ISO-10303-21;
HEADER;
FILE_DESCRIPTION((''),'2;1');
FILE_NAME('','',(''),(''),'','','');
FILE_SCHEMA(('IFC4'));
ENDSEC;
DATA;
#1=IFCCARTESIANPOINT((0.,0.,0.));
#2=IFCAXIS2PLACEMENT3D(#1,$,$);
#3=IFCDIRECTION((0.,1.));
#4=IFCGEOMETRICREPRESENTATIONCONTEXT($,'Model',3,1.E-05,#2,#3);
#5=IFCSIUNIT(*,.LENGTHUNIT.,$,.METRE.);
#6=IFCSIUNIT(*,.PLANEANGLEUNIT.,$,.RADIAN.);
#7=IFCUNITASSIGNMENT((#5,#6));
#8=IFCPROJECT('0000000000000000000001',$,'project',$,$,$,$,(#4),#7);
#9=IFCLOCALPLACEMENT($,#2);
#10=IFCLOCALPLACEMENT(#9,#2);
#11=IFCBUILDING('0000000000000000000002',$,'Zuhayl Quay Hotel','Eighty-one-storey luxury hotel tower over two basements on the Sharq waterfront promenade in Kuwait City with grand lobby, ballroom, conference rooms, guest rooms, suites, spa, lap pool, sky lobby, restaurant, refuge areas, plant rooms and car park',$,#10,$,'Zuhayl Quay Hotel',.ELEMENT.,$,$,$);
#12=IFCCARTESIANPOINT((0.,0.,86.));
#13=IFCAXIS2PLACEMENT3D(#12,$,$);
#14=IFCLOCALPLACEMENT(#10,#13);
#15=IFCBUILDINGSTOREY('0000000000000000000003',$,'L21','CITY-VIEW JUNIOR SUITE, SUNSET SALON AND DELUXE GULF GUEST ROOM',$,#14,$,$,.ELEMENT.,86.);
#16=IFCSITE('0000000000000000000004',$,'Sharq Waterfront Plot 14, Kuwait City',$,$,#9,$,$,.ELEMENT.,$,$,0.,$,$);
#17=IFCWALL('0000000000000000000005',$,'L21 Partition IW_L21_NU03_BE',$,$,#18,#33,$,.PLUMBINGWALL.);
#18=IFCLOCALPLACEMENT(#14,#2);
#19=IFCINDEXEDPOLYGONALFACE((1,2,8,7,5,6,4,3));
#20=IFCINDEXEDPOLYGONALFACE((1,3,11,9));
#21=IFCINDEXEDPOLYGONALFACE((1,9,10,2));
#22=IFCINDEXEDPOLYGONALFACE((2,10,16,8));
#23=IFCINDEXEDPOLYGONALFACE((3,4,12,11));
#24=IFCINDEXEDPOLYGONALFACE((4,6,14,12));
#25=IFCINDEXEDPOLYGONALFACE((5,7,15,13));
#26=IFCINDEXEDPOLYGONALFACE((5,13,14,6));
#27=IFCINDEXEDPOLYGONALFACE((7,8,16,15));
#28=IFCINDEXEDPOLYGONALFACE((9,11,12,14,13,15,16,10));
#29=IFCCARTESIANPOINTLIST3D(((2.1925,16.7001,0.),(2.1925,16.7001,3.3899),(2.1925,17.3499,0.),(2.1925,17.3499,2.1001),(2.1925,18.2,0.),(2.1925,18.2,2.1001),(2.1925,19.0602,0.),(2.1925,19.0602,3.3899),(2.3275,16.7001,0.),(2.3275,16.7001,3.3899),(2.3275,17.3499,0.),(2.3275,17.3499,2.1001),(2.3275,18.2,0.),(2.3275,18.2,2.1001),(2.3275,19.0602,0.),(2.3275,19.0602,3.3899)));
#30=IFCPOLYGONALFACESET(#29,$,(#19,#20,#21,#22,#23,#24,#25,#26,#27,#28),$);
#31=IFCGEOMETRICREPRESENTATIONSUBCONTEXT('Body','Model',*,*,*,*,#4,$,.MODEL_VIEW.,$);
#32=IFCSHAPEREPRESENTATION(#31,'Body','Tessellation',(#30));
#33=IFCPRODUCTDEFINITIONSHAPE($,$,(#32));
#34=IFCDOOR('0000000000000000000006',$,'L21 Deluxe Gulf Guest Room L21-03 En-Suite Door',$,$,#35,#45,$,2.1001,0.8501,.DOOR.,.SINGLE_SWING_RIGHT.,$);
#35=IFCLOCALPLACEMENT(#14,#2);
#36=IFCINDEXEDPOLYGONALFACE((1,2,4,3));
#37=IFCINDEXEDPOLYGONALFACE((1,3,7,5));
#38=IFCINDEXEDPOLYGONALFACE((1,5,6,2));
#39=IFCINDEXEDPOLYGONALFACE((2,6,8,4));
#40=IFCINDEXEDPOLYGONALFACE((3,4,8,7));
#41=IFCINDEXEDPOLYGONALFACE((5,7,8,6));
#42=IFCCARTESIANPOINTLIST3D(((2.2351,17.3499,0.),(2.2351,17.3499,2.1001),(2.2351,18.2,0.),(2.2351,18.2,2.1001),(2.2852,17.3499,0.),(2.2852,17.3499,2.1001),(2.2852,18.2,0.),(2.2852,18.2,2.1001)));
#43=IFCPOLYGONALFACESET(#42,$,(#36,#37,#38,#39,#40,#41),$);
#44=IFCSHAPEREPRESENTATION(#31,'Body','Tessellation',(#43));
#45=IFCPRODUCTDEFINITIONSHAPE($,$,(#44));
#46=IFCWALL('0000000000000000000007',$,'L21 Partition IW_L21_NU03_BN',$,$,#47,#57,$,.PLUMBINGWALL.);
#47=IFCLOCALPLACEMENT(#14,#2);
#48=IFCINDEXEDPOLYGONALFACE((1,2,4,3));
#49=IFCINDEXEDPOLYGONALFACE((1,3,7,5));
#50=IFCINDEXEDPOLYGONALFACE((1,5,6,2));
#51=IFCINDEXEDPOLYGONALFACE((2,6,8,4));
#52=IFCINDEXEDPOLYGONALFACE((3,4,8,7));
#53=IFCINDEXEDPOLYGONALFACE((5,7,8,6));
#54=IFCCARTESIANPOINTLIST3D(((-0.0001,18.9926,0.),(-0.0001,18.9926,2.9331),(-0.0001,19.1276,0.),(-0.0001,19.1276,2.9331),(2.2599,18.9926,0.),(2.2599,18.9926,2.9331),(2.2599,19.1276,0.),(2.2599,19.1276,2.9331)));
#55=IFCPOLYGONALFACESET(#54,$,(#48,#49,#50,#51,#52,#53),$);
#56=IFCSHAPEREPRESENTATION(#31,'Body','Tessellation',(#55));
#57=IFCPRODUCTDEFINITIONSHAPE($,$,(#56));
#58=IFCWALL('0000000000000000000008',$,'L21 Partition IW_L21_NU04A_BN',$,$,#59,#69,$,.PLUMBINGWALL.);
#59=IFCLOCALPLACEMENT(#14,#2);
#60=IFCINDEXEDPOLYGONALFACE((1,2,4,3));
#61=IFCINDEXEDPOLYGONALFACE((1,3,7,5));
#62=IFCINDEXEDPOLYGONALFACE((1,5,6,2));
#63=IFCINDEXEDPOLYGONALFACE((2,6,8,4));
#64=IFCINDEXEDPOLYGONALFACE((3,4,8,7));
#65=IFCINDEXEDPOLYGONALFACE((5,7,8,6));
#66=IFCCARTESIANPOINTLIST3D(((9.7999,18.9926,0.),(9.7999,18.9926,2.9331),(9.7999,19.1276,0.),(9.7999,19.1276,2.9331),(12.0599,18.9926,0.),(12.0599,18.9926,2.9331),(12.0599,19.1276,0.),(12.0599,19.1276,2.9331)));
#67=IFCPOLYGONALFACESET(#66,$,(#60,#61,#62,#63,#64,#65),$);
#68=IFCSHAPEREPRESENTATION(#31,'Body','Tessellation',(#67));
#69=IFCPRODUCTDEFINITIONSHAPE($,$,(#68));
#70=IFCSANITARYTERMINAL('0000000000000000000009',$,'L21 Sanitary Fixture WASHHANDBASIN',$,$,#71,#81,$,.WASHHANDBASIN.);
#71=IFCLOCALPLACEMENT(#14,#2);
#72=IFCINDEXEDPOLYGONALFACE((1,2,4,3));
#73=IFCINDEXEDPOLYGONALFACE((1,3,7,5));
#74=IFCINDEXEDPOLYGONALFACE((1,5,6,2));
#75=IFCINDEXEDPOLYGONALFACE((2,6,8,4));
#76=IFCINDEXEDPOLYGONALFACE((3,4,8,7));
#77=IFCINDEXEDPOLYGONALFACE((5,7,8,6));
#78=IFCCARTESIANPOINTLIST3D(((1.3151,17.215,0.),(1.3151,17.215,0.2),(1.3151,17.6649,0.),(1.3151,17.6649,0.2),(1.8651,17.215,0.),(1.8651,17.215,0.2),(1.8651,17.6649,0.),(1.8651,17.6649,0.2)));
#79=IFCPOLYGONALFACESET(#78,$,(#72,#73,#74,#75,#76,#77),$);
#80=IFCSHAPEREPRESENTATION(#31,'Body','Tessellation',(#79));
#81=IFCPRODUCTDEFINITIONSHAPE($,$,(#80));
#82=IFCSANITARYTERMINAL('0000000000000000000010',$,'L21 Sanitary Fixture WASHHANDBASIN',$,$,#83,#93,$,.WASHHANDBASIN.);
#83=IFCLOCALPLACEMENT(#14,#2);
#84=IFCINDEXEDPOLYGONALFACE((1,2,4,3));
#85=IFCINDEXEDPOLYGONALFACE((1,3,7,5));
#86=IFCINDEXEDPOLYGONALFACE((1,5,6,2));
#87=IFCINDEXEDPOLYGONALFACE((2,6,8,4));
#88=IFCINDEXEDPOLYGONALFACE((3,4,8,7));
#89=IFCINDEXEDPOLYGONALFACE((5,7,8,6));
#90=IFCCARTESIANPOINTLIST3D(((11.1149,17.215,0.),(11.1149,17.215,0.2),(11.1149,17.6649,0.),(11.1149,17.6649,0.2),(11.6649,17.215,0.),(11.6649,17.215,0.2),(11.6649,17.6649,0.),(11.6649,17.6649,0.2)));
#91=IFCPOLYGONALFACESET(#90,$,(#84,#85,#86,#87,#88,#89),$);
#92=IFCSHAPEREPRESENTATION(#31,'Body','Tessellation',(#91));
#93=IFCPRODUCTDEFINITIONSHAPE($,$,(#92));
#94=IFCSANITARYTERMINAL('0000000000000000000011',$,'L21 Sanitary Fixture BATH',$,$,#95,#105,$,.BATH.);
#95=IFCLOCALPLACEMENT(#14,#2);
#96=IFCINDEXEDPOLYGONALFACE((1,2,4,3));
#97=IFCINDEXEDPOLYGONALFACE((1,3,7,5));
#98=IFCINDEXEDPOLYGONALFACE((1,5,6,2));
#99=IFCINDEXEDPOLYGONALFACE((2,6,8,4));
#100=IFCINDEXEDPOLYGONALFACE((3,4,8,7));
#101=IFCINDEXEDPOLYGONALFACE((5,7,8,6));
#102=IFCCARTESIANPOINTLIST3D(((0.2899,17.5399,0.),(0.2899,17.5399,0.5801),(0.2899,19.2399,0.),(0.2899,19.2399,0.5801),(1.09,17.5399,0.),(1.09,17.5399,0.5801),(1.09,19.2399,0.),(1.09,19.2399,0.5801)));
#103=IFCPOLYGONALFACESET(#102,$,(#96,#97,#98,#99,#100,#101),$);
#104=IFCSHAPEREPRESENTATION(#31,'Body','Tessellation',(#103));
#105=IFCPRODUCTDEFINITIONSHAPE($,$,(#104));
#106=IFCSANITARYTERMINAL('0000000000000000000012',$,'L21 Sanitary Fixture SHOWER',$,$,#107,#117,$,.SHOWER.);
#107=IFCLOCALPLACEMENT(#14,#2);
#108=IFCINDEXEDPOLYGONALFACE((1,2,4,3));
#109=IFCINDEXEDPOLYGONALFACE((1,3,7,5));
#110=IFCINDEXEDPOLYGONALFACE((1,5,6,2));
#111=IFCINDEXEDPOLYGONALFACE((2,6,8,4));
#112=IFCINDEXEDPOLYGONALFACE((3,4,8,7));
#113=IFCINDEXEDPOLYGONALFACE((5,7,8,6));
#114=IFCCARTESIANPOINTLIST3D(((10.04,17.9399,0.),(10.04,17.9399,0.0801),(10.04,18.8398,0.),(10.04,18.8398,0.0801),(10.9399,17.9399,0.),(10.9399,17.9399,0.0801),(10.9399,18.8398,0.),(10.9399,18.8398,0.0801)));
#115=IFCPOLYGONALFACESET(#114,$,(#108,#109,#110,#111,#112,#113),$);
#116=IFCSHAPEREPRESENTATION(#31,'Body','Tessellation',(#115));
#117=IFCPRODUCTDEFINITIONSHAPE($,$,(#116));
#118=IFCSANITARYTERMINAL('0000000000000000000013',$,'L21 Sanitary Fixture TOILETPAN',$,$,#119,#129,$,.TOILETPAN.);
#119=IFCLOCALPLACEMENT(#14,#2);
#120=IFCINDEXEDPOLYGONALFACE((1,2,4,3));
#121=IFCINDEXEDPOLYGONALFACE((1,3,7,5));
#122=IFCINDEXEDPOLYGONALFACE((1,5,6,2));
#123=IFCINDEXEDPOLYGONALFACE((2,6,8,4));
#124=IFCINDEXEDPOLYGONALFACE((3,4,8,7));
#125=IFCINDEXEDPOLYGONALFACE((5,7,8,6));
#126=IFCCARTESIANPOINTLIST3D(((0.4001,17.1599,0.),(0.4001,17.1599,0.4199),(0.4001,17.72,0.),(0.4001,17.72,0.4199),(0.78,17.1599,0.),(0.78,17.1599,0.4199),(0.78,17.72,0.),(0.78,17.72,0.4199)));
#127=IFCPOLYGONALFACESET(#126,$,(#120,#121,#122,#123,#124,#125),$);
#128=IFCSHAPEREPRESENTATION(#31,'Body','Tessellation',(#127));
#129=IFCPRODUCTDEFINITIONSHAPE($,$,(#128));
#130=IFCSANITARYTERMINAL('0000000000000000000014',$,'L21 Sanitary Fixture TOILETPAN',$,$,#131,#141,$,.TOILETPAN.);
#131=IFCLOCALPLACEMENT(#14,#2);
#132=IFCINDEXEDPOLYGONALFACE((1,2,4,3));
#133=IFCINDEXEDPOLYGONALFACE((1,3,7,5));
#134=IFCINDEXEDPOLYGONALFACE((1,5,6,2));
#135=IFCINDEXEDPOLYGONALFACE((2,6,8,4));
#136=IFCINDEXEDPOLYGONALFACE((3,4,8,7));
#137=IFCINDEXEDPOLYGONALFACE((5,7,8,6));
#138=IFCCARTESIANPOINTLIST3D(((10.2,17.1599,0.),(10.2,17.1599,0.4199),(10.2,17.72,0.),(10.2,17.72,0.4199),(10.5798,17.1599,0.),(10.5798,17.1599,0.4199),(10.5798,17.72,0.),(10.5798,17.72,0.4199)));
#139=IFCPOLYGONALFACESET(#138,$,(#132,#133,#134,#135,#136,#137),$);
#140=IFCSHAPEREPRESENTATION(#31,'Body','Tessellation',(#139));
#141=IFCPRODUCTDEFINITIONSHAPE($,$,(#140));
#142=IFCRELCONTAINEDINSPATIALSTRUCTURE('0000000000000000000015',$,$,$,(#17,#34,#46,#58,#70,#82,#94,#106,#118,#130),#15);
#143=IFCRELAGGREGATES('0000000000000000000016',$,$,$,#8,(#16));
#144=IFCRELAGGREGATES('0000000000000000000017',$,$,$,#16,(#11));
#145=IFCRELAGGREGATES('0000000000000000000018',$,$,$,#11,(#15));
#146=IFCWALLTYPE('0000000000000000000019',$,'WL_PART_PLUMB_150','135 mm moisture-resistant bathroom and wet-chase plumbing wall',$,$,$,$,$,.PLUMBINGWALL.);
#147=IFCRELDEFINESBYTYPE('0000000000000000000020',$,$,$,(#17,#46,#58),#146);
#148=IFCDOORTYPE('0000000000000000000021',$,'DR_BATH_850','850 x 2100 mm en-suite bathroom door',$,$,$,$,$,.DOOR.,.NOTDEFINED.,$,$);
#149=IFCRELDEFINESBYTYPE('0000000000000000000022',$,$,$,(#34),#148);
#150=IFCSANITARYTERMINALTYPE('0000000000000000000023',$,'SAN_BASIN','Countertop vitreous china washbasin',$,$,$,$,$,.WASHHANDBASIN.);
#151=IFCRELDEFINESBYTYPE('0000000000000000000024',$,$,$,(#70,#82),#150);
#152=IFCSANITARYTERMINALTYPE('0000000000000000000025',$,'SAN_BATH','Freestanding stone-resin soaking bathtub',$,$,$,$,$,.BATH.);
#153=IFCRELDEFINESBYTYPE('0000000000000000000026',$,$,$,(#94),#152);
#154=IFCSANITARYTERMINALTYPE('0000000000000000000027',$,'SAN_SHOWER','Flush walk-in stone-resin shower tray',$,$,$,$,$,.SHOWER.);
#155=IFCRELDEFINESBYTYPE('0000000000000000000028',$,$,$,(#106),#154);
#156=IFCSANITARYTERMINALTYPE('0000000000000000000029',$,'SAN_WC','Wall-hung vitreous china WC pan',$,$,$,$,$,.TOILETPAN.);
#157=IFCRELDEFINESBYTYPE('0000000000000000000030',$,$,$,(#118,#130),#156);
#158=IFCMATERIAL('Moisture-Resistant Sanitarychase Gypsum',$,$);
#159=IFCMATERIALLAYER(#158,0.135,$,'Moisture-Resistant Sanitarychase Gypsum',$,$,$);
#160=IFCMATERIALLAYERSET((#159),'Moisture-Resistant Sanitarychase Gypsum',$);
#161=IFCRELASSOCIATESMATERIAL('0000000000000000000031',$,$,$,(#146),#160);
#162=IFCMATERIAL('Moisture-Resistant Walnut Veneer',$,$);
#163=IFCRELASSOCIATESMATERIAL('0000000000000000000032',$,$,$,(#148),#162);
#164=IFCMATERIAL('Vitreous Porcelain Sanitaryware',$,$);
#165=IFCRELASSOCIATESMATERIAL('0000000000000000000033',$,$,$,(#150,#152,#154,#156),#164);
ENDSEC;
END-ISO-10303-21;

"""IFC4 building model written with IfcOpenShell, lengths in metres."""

from ifc_helpers import new_model, si_unit, direction, frame, frame_2d, origin, origin_2d, place, context, subcontext, project, spatial, rectangle, extrude, material, layer, layer_set, type_object, element, fill, save


model = new_model("IFC4")

# Units and contexts
model_context = context("Model", 3, precision=1e-05, world=origin(), true_north=direction((0.0, 1.0)))
body_context = subcontext(model_context, "Body", "Model", "MODEL_VIEW")
ifc_project = project(units=[si_unit("LENGTHUNIT", "METRE"), si_unit("PLANEANGLEUNIT", "RADIAN")], contexts=[model_context])

# Site, building, storey
site_placement = place(None, origin())
site = spatial("IfcSite", under=ifc_project, at=site_placement, Name="Sharq Waterfront Plot 14, Kuwait City", CompositionType="ELEMENT", RefElevation=0.0)
building_placement = place(site_placement, origin())
building = spatial("IfcBuilding", under=site, at=building_placement, Name="Zuhayl Quay Hotel", Description="Eighty-one-storey luxury hotel tower over two basements on the Sharq waterfront promenade in Kuwait City with grand lobby, ballroom, conference rooms, guest rooms, suites, spa, lap pool, sky lobby, restaurant, refuge areas, plant rooms and car park", LongName="Zuhayl Quay Hotel", CompositionType="ELEMENT")
storey_placement = place(building_placement, frame((0.0, 0.0, 86.0)))
storey = spatial("IfcBuildingStorey", under=building, at=storey_placement, Name="L21", Description="CITY-VIEW JUNIOR SUITE, SUNSET SALON AND DELUXE GULF GUEST ROOM", CompositionType="ELEMENT", Elevation=86.0)

# Wall, opening, door
ifc_material_1 = material(Name="Moisture-Resistant Sanitarychase Gypsum")
ifc_layer_1 = layer(ifc_material_1, 0.135, Name="Moisture-Resistant Sanitarychase Gypsum")
ifc_layer_set_1 = layer_set([ifc_layer_1], Name="Moisture-Resistant Sanitarychase Gypsum")
wall_type_1 = type_object("IfcWallType", Name="WL_PART_PLUMB_150", Description="135 mm moisture-resistant bathroom and wet-chase plumbing wall", PredefinedType="PLUMBINGWALL", material=ifc_layer_set_1)
wall_1_placement = place(storey_placement, frame((2.26, 16.7, 0.0), z_axis=(0.0, 0.0, 1.0), x_axis=(0.0, 1.0, 0.0)))
wall_1 = element("IfcWall", 1, at=wall_1_placement, inside=storey, type_object=wall_type_1, Name="L21 Partition IW_L21_NU03_BE", PredefinedType="PLUMBINGWALL", context=body_context, shape_type="SweptSolid", body=[
    extrude(rectangle(XDim=2.3601, YDim=0.135, at=frame_2d((1.1802, 0.0))), origin(), (0.0, 0.0, 1.0), 3.3899),
])
opening_1_placement = place(wall_1_placement, frame((0.6499, 0.0, 0.0)))
opening_1 = element("IfcOpeningElement", 2, at=opening_1_placement, cuts=wall_1, PredefinedType="OPENING", context=body_context, shape_type="SweptSolid", body=[
    extrude(rectangle(XDim=0.8501, YDim=2.1001, at=frame_2d((0.425, 1.05))), frame((0.0, 0.0774, 0.0), z_axis=(0.0, -1.0, 0.0), x_axis=(1.0, 0.0, 0.0)), (0.0, 0.0, 1.0), 0.155),
])
ifc_material_2 = material(Name="Moisture-Resistant Walnut Veneer")
door_type_1 = type_object("IfcDoorType", Name="DR_BATH_850", Description="850 x 2100 mm en-suite bathroom door", OperationType="NOTDEFINED", PredefinedType="DOOR", material=ifc_material_2)
door_1_placement = place(opening_1_placement, origin())
door_1 = element("IfcDoor", 3, at=door_1_placement, inside=storey, type_object=door_type_1, Name="L21 Deluxe Gulf Guest Room L21-03 En-Suite Door", OperationType="SINGLE_SWING_RIGHT", OverallHeight=2.1001, OverallWidth=0.8501, PredefinedType="DOOR", context=body_context, shape_type="SweptSolid", body=[
    extrude(rectangle(XDim=0.8501, YDim=2.1001, at=frame_2d((0.425, 1.05))), frame((0.0, 0.0249, 0.0), z_axis=(0.0, -1.0, 0.0), x_axis=(1.0, 0.0, 0.0)), (0.0, 0.0, 1.0), 0.05),
])
fill(opening_1, door_1)

# Walls
for number, where, z_axis, x_axis, name in (
    (4, (0.0, 19.0601, 0.0), (0.0, 0.0, 1.0), (1.0, 0.0, 0.0), "L21 Partition IW_L21_NU03_BN"),
    (5, (9.8, 19.0601, 0.0), (0.0, 0.0, 1.0), (1.0, 0.0, 0.0), "L21 Partition IW_L21_NU04A_BN"),
):
    element("IfcWall", number, at=place(storey_placement, frame(where, z_axis=z_axis, x_axis=x_axis)), inside=storey, type_object=wall_type_1, Name=name, PredefinedType="PLUMBINGWALL", context=body_context, shape_type="SweptSolid", body=[
        extrude(rectangle(XDim=2.26, YDim=0.135, at=frame_2d((1.1299, 0.0))), origin(), (0.0, 0.0, 1.0), 2.9331),
    ])

# Sanitary terminals
ifc_material_3 = material(Name="Vitreous Porcelain Sanitaryware")
sanitary_terminal_type_1 = type_object("IfcSanitaryTerminalType", Name="SAN_BASIN", Description="Countertop vitreous china washbasin", PredefinedType="WASHHANDBASIN", material=ifc_material_3)
for number, where, z_axis, x_axis, name in (
    (6, (1.5901, 17.4399, 0.0), (0.0, 0.0, 1.0), (1.0, 0.0, 0.0), "L21 Sanitary Fixture WASHHANDBASIN"),
    (7, (11.3899, 17.4399, 0.0), (0.0, 0.0, 1.0), (1.0, 0.0, 0.0), "L21 Sanitary Fixture WASHHANDBASIN"),
):
    element("IfcSanitaryTerminal", number, at=place(storey_placement, frame(where, z_axis=z_axis, x_axis=x_axis)), inside=storey, type_object=sanitary_terminal_type_1, Name=name, PredefinedType="WASHHANDBASIN", context=body_context, shape_type="SweptSolid", body=[
        extrude(rectangle(XDim=0.55, YDim=0.45, at=origin_2d()), origin(), (0.0, 0.0, 1.0), 0.2),
    ])
sanitary_terminal_type_2 = type_object("IfcSanitaryTerminalType", Name="SAN_BATH", Description="Freestanding stone-resin soaking bathtub", PredefinedType="BATH", material=ifc_material_3)
sanitary_terminal_1_placement = place(storey_placement, frame((0.6899, 18.3899, 0.0), z_axis=(0.0, 0.0, 1.0), x_axis=(1.0, 0.0, 0.0)))
element("IfcSanitaryTerminal", 8, at=sanitary_terminal_1_placement, inside=storey, type_object=sanitary_terminal_type_2, Name="L21 Sanitary Fixture BATH", PredefinedType="BATH", context=body_context, shape_type="SweptSolid", body=[
    extrude(rectangle(XDim=0.8, YDim=1.7, at=origin_2d()), origin(), (0.0, 0.0, 1.0), 0.5801),
])
sanitary_terminal_type_3 = type_object("IfcSanitaryTerminalType", Name="SAN_SHOWER", Description="Flush walk-in stone-resin shower tray", PredefinedType="SHOWER", material=ifc_material_3)
sanitary_terminal_2_placement = place(storey_placement, frame((10.49, 18.3899, 0.0), z_axis=(0.0, 0.0, 1.0), x_axis=(1.0, 0.0, 0.0)))
element("IfcSanitaryTerminal", 9, at=sanitary_terminal_2_placement, inside=storey, type_object=sanitary_terminal_type_3, Name="L21 Sanitary Fixture SHOWER", PredefinedType="SHOWER", context=body_context, shape_type="SweptSolid", body=[
    extrude(rectangle(XDim=0.8999, YDim=0.8999, at=origin_2d()), origin(), (0.0, 0.0, 1.0), 0.0801),
])
sanitary_terminal_type_4 = type_object("IfcSanitaryTerminalType", Name="SAN_WC", Description="Wall-hung vitreous china WC pan", PredefinedType="TOILETPAN", material=ifc_material_3)
for number, where, z_axis, x_axis, name in (
    (10, (0.5901, 17.4399, 0.0), (0.0, 0.0, 1.0), (1.0, 0.0, 0.0), "L21 Sanitary Fixture TOILETPAN"),
    (11, (10.3899, 17.4399, 0.0), (0.0, 0.0, 1.0), (1.0, 0.0, 0.0), "L21 Sanitary Fixture TOILETPAN"),
):
    element("IfcSanitaryTerminal", number, at=place(storey_placement, frame(where, z_axis=z_axis, x_axis=x_axis)), inside=storey, type_object=sanitary_terminal_type_4, Name=name, PredefinedType="TOILETPAN", context=body_context, shape_type="SweptSolid", body=[
        extrude(rectangle(XDim=0.3799, YDim=0.5601, at=origin_2d()), origin(), (0.0, 0.0, 1.0), 0.4199),
    ])

save(model, "model.ifc")
